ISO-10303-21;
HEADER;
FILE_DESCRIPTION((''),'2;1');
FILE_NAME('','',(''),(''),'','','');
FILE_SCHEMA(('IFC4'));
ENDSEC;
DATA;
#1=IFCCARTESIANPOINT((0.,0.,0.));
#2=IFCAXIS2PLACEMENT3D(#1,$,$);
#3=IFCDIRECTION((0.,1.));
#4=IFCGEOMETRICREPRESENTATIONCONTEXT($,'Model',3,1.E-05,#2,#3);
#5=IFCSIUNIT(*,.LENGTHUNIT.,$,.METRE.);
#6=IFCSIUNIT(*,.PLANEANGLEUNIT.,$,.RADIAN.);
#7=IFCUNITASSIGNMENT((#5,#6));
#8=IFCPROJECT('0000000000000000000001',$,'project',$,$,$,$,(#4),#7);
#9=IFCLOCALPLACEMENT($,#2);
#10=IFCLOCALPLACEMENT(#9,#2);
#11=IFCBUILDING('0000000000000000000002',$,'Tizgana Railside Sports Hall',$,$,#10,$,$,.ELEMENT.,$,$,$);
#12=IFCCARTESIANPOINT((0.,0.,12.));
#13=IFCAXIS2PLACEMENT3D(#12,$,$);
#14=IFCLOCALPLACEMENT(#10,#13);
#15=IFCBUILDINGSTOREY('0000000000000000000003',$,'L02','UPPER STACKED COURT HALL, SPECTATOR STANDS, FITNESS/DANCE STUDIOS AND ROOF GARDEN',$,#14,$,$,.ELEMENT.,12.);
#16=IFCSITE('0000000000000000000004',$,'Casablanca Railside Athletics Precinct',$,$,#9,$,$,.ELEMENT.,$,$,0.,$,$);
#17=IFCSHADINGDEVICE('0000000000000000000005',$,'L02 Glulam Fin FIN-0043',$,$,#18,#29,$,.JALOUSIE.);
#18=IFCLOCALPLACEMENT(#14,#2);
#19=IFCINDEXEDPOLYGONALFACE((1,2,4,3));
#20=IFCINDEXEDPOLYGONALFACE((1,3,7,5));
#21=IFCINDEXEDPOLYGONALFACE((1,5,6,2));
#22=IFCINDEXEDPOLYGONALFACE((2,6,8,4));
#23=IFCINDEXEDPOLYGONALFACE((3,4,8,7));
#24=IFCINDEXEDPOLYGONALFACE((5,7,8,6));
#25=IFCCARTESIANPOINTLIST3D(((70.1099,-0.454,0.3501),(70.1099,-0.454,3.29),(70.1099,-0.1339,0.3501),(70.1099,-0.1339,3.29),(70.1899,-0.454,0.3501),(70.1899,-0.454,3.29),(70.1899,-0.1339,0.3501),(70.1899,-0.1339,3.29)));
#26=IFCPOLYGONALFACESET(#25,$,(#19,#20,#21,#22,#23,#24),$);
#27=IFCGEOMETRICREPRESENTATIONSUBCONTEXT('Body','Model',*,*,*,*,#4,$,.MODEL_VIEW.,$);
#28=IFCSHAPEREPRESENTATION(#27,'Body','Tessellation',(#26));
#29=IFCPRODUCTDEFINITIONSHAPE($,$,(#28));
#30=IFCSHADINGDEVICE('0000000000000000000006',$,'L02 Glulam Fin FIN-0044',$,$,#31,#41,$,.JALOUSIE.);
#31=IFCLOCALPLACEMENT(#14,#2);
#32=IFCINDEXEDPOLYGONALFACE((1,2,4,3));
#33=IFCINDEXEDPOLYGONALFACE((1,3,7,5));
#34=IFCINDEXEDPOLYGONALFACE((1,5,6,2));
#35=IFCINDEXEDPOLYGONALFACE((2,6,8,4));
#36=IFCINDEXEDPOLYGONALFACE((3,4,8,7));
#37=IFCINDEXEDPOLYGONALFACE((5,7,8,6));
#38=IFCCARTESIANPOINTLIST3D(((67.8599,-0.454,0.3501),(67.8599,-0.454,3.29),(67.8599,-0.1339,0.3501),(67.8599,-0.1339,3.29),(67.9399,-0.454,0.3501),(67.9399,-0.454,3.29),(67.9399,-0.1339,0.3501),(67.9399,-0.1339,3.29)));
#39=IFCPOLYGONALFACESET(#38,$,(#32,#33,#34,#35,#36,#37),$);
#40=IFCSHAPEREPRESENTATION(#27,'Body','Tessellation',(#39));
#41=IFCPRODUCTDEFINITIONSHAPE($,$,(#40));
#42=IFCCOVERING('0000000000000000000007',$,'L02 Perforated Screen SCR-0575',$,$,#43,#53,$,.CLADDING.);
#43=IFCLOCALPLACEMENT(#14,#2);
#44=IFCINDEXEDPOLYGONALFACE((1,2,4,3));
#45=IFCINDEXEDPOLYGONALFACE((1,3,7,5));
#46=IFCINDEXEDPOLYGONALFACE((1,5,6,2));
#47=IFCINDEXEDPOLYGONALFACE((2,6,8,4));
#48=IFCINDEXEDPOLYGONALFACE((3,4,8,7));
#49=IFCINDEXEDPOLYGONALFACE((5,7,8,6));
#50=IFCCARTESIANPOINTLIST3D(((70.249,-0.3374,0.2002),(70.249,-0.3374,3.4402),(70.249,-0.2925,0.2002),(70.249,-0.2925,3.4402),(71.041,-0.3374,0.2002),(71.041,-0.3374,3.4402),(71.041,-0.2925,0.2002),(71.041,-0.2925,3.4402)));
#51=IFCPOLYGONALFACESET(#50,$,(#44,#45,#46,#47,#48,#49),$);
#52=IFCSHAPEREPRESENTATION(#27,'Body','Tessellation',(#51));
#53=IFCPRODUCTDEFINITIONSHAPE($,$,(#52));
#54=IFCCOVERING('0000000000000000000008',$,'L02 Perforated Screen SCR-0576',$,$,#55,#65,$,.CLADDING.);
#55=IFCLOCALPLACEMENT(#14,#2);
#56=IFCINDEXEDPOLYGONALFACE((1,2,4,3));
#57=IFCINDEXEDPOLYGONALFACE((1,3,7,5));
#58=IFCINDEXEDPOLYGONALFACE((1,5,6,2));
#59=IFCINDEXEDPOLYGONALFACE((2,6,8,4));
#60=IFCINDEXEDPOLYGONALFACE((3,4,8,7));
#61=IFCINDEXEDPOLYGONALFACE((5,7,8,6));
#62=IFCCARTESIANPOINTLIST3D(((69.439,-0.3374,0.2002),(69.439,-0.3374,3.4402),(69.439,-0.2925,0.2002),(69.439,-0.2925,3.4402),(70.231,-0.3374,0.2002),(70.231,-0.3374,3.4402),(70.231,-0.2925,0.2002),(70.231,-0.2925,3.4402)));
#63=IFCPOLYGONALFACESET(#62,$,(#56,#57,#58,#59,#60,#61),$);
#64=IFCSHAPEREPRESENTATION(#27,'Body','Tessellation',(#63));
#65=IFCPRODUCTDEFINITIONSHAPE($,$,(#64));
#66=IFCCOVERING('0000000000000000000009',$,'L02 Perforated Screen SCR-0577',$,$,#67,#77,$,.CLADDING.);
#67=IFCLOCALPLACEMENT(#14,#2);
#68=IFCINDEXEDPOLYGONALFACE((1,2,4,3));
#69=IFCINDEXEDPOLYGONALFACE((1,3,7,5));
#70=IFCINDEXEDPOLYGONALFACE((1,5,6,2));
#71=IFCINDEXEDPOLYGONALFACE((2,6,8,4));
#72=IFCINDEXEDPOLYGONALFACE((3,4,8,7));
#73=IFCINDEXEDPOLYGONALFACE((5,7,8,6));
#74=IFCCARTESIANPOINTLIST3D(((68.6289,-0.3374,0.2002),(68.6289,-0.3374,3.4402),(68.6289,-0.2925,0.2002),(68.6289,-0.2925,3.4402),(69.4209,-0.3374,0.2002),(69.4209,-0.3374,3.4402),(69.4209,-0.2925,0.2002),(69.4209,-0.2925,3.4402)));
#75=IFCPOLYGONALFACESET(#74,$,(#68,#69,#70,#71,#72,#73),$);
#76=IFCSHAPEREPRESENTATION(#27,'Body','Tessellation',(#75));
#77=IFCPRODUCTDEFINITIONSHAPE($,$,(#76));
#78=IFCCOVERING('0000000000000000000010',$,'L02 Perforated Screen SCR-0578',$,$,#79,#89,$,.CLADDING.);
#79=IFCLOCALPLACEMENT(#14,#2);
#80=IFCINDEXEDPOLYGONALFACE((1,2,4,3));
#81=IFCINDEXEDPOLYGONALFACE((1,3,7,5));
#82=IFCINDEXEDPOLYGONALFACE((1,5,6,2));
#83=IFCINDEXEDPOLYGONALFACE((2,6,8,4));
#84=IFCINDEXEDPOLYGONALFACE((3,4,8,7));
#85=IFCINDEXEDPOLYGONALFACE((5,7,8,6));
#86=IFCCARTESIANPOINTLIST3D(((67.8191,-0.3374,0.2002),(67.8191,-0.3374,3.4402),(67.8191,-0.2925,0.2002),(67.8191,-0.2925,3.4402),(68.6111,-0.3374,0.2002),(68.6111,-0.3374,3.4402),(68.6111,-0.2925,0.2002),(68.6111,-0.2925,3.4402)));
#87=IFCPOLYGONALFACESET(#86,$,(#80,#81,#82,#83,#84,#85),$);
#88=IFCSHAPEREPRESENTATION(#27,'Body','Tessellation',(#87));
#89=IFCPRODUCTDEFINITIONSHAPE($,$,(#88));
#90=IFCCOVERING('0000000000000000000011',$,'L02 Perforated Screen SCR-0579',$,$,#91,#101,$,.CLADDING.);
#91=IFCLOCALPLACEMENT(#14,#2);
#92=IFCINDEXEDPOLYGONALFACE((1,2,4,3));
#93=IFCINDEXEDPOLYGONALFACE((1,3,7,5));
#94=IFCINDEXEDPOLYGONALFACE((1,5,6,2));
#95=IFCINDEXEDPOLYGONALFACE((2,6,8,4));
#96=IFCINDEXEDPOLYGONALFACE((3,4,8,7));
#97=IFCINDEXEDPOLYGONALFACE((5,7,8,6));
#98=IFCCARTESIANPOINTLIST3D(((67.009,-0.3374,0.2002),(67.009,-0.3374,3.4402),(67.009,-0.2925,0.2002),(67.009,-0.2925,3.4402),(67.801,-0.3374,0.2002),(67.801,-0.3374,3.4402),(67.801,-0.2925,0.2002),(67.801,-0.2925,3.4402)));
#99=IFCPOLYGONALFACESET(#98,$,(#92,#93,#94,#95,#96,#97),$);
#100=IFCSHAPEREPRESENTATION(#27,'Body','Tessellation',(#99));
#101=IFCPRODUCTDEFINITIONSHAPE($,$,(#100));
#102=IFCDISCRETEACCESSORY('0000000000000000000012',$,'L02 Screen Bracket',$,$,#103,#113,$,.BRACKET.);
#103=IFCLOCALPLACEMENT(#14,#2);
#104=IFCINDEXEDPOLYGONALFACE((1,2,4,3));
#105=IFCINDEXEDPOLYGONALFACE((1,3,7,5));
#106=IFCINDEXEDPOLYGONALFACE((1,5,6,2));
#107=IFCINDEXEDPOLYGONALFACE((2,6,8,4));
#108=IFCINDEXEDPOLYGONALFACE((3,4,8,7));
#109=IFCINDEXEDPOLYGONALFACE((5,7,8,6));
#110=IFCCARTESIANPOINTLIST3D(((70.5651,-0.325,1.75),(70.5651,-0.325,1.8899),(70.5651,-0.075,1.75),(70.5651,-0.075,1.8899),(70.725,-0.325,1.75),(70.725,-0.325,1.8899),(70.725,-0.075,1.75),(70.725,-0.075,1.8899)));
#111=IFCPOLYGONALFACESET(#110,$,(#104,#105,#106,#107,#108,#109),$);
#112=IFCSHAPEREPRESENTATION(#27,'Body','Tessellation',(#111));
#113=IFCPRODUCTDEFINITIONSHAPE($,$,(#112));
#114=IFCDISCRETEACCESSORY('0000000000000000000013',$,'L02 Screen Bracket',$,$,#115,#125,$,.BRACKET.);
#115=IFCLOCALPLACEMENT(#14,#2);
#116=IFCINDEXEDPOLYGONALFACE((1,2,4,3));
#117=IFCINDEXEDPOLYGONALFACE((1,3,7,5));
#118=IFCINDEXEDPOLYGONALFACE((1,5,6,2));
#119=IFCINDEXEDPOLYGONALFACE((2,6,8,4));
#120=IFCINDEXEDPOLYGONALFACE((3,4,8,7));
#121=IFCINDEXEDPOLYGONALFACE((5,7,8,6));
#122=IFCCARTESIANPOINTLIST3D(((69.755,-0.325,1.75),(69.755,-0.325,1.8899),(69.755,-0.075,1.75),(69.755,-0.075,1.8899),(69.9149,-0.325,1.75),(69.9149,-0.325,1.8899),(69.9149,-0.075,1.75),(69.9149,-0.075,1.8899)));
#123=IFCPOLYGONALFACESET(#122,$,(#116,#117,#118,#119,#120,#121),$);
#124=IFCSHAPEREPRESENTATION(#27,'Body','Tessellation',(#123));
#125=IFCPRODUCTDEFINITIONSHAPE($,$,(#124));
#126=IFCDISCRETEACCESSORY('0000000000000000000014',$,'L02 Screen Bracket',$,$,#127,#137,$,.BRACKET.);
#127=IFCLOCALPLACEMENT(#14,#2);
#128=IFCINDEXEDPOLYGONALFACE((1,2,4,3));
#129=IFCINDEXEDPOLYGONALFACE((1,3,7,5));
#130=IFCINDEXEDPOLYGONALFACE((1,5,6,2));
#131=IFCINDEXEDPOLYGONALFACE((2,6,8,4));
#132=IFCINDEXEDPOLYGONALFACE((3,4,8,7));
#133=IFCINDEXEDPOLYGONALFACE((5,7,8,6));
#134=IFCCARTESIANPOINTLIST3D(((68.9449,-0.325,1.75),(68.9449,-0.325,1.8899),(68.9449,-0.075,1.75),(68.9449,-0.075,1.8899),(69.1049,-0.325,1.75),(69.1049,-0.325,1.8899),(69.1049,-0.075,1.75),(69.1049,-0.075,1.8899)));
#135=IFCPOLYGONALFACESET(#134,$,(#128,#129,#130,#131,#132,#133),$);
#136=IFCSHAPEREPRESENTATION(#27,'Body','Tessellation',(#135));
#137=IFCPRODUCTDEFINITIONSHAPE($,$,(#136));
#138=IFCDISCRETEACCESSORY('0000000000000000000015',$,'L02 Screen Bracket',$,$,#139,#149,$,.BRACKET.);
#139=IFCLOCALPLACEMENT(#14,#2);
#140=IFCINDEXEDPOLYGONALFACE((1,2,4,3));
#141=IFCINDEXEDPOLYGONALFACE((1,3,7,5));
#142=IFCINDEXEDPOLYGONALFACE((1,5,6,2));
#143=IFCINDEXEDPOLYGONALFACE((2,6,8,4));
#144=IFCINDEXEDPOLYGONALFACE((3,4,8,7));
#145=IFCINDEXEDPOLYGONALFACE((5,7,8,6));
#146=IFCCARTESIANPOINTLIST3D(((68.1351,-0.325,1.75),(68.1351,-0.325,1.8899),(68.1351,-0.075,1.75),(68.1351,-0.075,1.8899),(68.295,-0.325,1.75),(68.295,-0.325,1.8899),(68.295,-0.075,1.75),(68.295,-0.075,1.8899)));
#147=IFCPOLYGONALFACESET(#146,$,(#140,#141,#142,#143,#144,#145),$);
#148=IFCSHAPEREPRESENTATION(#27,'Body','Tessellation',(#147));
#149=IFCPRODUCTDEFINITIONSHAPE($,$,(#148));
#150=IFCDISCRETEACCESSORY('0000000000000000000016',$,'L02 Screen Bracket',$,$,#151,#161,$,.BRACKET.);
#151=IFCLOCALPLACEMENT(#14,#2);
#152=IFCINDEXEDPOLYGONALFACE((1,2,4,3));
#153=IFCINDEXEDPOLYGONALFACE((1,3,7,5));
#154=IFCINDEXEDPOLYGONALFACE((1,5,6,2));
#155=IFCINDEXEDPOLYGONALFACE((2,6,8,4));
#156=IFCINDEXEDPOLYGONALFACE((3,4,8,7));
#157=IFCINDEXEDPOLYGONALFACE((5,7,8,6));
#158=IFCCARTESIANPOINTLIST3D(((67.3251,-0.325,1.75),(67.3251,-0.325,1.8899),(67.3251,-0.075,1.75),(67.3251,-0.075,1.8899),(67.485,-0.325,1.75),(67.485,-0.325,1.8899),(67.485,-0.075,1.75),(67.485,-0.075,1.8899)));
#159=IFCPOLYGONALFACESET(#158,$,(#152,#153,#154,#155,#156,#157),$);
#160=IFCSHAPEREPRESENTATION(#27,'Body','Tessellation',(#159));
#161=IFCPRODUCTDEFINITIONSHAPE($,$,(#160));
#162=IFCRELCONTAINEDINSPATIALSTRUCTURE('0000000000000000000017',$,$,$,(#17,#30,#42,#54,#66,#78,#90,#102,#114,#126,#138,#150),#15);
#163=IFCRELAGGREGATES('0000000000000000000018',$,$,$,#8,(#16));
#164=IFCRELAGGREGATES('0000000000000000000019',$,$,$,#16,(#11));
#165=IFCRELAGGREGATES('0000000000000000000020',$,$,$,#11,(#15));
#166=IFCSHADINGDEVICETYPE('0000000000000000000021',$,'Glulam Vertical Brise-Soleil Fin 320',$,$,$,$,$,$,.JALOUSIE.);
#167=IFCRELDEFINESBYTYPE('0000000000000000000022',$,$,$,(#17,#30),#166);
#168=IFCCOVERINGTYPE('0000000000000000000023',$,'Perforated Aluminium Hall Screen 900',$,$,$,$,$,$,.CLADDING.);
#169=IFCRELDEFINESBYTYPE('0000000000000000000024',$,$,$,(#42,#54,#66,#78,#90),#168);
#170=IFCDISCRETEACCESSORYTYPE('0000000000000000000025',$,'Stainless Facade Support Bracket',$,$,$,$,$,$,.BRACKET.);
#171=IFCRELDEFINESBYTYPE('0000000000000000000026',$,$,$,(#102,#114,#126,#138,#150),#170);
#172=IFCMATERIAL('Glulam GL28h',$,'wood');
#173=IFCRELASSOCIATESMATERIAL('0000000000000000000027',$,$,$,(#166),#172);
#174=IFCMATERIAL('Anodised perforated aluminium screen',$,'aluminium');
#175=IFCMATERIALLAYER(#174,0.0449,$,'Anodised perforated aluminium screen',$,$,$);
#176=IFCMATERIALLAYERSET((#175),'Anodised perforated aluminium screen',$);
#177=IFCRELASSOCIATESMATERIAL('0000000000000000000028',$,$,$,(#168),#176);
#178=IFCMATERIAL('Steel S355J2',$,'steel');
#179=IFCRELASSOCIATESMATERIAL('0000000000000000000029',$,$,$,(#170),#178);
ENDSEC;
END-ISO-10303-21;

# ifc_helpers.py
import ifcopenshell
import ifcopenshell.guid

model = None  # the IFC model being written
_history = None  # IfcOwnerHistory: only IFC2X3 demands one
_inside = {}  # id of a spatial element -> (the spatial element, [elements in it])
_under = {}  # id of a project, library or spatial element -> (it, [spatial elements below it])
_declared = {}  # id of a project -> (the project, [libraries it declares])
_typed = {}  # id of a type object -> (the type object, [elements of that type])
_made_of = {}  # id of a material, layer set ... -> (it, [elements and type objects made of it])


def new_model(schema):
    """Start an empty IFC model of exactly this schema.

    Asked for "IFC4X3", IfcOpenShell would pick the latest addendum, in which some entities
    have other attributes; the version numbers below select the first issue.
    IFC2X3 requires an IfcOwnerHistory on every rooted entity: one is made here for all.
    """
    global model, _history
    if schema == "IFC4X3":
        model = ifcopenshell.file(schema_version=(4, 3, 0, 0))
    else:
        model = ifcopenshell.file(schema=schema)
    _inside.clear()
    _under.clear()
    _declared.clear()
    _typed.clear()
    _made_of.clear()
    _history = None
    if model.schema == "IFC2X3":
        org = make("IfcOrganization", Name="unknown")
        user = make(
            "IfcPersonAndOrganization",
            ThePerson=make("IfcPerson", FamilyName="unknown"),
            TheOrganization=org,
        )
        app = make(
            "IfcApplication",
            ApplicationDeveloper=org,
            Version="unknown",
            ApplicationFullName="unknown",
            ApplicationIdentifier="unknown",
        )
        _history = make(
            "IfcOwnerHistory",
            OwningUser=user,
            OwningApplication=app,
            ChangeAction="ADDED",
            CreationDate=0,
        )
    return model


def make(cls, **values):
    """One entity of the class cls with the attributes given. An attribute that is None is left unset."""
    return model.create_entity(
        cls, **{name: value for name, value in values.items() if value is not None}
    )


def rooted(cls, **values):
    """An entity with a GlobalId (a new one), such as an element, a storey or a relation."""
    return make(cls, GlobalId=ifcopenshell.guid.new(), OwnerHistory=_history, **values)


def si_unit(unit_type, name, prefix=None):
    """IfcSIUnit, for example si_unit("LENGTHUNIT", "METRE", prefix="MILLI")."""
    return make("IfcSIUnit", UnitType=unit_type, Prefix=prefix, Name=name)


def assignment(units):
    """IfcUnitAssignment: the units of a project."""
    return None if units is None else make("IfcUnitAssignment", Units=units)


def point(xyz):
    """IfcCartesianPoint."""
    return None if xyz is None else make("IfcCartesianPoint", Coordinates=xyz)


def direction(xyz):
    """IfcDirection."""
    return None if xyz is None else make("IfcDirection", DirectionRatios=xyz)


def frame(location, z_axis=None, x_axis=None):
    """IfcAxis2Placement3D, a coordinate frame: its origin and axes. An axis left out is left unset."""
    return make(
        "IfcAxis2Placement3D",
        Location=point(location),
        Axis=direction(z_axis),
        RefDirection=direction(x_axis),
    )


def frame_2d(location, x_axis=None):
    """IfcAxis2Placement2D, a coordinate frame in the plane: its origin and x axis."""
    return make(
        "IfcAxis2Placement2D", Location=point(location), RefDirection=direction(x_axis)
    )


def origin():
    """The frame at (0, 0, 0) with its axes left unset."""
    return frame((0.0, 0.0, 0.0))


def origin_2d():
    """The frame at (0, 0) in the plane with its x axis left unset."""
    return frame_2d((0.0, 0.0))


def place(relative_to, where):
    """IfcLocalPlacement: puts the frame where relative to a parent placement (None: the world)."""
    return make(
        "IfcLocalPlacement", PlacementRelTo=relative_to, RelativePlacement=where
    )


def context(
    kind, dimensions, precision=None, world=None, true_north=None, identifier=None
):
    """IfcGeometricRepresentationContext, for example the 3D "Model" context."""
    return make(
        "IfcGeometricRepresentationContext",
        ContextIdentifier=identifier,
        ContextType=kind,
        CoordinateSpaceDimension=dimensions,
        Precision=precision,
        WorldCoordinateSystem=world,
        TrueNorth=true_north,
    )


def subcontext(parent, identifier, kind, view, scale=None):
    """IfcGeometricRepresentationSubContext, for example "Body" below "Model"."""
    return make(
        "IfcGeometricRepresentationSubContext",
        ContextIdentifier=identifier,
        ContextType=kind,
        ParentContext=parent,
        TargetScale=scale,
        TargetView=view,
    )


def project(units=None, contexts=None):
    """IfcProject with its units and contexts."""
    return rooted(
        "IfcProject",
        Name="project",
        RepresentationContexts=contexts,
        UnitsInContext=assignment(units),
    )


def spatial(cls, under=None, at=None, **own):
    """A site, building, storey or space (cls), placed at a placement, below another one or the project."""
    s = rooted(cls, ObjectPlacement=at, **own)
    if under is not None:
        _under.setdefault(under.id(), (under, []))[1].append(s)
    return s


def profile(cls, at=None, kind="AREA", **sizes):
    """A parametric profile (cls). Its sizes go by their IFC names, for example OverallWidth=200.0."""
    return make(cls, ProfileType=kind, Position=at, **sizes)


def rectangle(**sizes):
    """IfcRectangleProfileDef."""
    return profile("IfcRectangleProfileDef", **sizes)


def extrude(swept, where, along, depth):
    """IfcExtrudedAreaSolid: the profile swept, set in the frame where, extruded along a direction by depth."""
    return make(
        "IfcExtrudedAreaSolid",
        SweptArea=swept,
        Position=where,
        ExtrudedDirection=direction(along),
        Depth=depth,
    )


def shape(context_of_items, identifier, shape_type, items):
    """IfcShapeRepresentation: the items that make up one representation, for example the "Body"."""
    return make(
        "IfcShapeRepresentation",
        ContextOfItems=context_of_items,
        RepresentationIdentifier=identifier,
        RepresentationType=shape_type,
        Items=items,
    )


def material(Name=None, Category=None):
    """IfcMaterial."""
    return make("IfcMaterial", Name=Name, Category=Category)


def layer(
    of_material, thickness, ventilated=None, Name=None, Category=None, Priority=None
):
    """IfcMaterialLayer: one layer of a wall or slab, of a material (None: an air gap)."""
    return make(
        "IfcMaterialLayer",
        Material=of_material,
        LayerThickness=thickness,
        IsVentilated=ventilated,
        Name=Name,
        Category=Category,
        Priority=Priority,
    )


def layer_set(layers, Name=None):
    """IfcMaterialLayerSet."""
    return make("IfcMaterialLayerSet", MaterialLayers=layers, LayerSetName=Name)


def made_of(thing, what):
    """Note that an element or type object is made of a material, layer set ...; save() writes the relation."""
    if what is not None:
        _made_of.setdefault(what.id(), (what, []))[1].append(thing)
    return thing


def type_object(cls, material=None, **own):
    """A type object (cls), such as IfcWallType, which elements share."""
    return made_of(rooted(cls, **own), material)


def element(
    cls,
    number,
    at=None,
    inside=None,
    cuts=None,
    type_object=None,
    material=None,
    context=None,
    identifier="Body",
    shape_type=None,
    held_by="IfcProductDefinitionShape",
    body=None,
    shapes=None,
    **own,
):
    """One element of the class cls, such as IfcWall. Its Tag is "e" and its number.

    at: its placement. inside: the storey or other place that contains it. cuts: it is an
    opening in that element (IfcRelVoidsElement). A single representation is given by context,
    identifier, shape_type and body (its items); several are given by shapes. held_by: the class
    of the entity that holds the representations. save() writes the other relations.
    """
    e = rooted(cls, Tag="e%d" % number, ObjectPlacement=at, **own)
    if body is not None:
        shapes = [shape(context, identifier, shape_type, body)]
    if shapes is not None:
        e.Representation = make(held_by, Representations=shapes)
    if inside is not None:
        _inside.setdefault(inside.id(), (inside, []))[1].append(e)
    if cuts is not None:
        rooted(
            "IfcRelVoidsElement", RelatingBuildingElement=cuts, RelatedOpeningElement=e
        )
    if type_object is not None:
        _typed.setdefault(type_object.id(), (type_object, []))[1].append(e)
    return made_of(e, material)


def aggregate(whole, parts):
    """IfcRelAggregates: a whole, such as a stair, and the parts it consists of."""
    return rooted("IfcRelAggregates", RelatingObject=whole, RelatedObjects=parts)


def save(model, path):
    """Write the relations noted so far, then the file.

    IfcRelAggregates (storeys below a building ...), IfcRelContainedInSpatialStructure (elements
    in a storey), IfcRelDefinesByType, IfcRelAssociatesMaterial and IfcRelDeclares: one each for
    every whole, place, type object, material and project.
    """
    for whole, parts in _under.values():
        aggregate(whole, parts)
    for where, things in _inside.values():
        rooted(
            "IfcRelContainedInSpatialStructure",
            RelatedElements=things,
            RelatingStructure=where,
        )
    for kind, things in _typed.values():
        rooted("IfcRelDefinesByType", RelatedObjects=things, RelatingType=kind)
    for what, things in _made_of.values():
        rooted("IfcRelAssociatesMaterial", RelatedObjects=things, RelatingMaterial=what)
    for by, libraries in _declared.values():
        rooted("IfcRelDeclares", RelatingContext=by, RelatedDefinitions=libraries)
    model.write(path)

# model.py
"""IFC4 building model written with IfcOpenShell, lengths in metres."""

from ifc_helpers import new_model, si_unit, direction, frame, origin, origin_2d, place, context, subcontext, project, spatial, rectangle, extrude, material, layer, layer_set, type_object, element, save


model = new_model("IFC4")

# Units and contexts
model_context = context("Model", 3, precision=1e-05, world=origin(), true_north=direction((0.0, 1.0)))
body_context = subcontext(model_context, "Body", "Model", "MODEL_VIEW")
ifc_project = project(units=[si_unit("LENGTHUNIT", "METRE"), si_unit("PLANEANGLEUNIT", "RADIAN")], contexts=[model_context])

# Site, building, storey
site_placement = place(None, origin())
site = spatial("IfcSite", under=ifc_project, at=site_placement, Name="Casablanca Railside Athletics Precinct", CompositionType="ELEMENT", RefElevation=0.0)
building_placement = place(site_placement, origin())
building = spatial("IfcBuilding", under=site, at=building_placement, Name="Tizgana Railside Sports Hall", CompositionType="ELEMENT")
storey_placement = place(building_placement, frame((0.0, 0.0, 12.0)))
storey = spatial("IfcBuildingStorey", under=building, at=storey_placement, Name="L02", Description="UPPER STACKED COURT HALL, SPECTATOR STANDS, FITNESS/DANCE STUDIOS AND ROOF GARDEN", CompositionType="ELEMENT", Elevation=12.0)

# Shared definitions
ifc_material_1 = material(Name="Steel S355J2", Category="steel")

# Shading devices
ifc_material_2 = material(Name="Glulam GL28h", Category="wood")
shading_device_type = type_object("IfcShadingDeviceType", Name="Glulam Vertical Brise-Soleil Fin 320", PredefinedType="JALOUSIE", material=ifc_material_2)
for number, where, z_axis, x_axis, name in (
    (1, (70.1499, -0.2939, 0.3501), (0.0, 0.0, 1.0), (-1.0, 0.0, 0.0), "L02 Glulam Fin FIN-0043"),
    (2, (67.8999, -0.2939, 0.3501), (0.0, 0.0, 1.0), (-1.0, 0.0, 0.0), "L02 Glulam Fin FIN-0044"),
):
    element("IfcShadingDevice", number, at=place(storey_placement, frame(where, z_axis=z_axis, x_axis=x_axis)), inside=storey, type_object=shading_device_type, Name=name, PredefinedType="JALOUSIE", context=body_context, shape_type="SweptSolid", body=[
        extrude(rectangle(XDim=0.0801, YDim=0.3201, at=origin_2d()), origin(), (0.0, 0.0, 1.0), 2.9399),
    ])

# Coverings
ifc_material_3 = material(Name="Anodised perforated aluminium screen", Category="aluminium")
ifc_layer_1 = layer(ifc_material_3, 0.0449, Name="Anodised perforated aluminium screen")
ifc_layer_set_1 = layer_set([ifc_layer_1], Name="Anodised perforated aluminium screen")
covering_type = type_object("IfcCoveringType", Name="Perforated Aluminium Hall Screen 900", PredefinedType="CLADDING", material=ifc_layer_set_1)
for number, where, z_axis, x_axis, name in (
    (3, (70.645, -0.3149, 0.2002), (0.0, 0.0, 1.0), (-1.0, 0.0, 0.0), "L02 Perforated Screen SCR-0575"),
    (4, (69.835, -0.3149, 0.2002), (0.0, 0.0, 1.0), (-1.0, 0.0, 0.0), "L02 Perforated Screen SCR-0576"),
    (5, (69.0249, -0.3149, 0.2002), (0.0, 0.0, 1.0), (-1.0, 0.0, 0.0), "L02 Perforated Screen SCR-0577"),
    (6, (68.2151, -0.3149, 0.2002), (0.0, 0.0, 1.0), (-1.0, 0.0, 0.0), "L02 Perforated Screen SCR-0578"),
    (7, (67.405, -0.3149, 0.2002), (0.0, 0.0, 1.0), (-1.0, 0.0, 0.0), "L02 Perforated Screen SCR-0579"),
):
    element("IfcCovering", number, at=place(storey_placement, frame(where, z_axis=z_axis, x_axis=x_axis)), inside=storey, type_object=covering_type, Name=name, PredefinedType="CLADDING", context=body_context, shape_type="SweptSolid", body=[
        extrude(rectangle(XDim=0.792, YDim=0.0449, at=origin_2d()), origin(), (0.0, 0.0, 1.0), 3.24),
    ])

# Discrete accessories
discrete_accessory_type = type_object("IfcDiscreteAccessoryType", Name="Stainless Facade Support Bracket", PredefinedType="BRACKET", material=ifc_material_1)
for number, where, z_axis, x_axis, name in (
    (8, (70.645, -0.2, 1.75), (0.0, 0.0, 1.0), (-1.0, 0.0, 0.0), "L02 Screen Bracket"),
    (9, (69.835, -0.2, 1.75), (0.0, 0.0, 1.0), (-1.0, 0.0, 0.0), "L02 Screen Bracket"),
    (10, (69.0249, -0.2, 1.75), (0.0, 0.0, 1.0), (-1.0, 0.0, 0.0), "L02 Screen Bracket"),
    (11, (68.2151, -0.2, 1.75), (0.0, 0.0, 1.0), (-1.0, 0.0, 0.0), "L02 Screen Bracket"),
    (12, (67.405, -0.2, 1.75), (0.0, 0.0, 1.0), (-1.0, 0.0, 0.0), "L02 Screen Bracket"),
):
    element("IfcDiscreteAccessory", number, at=place(storey_placement, frame(where, z_axis=z_axis, x_axis=x_axis)), inside=storey, type_object=discrete_accessory_type, Name=name, PredefinedType="BRACKET", context=body_context, shape_type="SweptSolid", body=[
        extrude(rectangle(XDim=0.1599, YDim=0.25, at=origin_2d()), origin(), (0.0, 0.0, 1.0), 0.1399),
    ])

save(model, "model.ifc")
